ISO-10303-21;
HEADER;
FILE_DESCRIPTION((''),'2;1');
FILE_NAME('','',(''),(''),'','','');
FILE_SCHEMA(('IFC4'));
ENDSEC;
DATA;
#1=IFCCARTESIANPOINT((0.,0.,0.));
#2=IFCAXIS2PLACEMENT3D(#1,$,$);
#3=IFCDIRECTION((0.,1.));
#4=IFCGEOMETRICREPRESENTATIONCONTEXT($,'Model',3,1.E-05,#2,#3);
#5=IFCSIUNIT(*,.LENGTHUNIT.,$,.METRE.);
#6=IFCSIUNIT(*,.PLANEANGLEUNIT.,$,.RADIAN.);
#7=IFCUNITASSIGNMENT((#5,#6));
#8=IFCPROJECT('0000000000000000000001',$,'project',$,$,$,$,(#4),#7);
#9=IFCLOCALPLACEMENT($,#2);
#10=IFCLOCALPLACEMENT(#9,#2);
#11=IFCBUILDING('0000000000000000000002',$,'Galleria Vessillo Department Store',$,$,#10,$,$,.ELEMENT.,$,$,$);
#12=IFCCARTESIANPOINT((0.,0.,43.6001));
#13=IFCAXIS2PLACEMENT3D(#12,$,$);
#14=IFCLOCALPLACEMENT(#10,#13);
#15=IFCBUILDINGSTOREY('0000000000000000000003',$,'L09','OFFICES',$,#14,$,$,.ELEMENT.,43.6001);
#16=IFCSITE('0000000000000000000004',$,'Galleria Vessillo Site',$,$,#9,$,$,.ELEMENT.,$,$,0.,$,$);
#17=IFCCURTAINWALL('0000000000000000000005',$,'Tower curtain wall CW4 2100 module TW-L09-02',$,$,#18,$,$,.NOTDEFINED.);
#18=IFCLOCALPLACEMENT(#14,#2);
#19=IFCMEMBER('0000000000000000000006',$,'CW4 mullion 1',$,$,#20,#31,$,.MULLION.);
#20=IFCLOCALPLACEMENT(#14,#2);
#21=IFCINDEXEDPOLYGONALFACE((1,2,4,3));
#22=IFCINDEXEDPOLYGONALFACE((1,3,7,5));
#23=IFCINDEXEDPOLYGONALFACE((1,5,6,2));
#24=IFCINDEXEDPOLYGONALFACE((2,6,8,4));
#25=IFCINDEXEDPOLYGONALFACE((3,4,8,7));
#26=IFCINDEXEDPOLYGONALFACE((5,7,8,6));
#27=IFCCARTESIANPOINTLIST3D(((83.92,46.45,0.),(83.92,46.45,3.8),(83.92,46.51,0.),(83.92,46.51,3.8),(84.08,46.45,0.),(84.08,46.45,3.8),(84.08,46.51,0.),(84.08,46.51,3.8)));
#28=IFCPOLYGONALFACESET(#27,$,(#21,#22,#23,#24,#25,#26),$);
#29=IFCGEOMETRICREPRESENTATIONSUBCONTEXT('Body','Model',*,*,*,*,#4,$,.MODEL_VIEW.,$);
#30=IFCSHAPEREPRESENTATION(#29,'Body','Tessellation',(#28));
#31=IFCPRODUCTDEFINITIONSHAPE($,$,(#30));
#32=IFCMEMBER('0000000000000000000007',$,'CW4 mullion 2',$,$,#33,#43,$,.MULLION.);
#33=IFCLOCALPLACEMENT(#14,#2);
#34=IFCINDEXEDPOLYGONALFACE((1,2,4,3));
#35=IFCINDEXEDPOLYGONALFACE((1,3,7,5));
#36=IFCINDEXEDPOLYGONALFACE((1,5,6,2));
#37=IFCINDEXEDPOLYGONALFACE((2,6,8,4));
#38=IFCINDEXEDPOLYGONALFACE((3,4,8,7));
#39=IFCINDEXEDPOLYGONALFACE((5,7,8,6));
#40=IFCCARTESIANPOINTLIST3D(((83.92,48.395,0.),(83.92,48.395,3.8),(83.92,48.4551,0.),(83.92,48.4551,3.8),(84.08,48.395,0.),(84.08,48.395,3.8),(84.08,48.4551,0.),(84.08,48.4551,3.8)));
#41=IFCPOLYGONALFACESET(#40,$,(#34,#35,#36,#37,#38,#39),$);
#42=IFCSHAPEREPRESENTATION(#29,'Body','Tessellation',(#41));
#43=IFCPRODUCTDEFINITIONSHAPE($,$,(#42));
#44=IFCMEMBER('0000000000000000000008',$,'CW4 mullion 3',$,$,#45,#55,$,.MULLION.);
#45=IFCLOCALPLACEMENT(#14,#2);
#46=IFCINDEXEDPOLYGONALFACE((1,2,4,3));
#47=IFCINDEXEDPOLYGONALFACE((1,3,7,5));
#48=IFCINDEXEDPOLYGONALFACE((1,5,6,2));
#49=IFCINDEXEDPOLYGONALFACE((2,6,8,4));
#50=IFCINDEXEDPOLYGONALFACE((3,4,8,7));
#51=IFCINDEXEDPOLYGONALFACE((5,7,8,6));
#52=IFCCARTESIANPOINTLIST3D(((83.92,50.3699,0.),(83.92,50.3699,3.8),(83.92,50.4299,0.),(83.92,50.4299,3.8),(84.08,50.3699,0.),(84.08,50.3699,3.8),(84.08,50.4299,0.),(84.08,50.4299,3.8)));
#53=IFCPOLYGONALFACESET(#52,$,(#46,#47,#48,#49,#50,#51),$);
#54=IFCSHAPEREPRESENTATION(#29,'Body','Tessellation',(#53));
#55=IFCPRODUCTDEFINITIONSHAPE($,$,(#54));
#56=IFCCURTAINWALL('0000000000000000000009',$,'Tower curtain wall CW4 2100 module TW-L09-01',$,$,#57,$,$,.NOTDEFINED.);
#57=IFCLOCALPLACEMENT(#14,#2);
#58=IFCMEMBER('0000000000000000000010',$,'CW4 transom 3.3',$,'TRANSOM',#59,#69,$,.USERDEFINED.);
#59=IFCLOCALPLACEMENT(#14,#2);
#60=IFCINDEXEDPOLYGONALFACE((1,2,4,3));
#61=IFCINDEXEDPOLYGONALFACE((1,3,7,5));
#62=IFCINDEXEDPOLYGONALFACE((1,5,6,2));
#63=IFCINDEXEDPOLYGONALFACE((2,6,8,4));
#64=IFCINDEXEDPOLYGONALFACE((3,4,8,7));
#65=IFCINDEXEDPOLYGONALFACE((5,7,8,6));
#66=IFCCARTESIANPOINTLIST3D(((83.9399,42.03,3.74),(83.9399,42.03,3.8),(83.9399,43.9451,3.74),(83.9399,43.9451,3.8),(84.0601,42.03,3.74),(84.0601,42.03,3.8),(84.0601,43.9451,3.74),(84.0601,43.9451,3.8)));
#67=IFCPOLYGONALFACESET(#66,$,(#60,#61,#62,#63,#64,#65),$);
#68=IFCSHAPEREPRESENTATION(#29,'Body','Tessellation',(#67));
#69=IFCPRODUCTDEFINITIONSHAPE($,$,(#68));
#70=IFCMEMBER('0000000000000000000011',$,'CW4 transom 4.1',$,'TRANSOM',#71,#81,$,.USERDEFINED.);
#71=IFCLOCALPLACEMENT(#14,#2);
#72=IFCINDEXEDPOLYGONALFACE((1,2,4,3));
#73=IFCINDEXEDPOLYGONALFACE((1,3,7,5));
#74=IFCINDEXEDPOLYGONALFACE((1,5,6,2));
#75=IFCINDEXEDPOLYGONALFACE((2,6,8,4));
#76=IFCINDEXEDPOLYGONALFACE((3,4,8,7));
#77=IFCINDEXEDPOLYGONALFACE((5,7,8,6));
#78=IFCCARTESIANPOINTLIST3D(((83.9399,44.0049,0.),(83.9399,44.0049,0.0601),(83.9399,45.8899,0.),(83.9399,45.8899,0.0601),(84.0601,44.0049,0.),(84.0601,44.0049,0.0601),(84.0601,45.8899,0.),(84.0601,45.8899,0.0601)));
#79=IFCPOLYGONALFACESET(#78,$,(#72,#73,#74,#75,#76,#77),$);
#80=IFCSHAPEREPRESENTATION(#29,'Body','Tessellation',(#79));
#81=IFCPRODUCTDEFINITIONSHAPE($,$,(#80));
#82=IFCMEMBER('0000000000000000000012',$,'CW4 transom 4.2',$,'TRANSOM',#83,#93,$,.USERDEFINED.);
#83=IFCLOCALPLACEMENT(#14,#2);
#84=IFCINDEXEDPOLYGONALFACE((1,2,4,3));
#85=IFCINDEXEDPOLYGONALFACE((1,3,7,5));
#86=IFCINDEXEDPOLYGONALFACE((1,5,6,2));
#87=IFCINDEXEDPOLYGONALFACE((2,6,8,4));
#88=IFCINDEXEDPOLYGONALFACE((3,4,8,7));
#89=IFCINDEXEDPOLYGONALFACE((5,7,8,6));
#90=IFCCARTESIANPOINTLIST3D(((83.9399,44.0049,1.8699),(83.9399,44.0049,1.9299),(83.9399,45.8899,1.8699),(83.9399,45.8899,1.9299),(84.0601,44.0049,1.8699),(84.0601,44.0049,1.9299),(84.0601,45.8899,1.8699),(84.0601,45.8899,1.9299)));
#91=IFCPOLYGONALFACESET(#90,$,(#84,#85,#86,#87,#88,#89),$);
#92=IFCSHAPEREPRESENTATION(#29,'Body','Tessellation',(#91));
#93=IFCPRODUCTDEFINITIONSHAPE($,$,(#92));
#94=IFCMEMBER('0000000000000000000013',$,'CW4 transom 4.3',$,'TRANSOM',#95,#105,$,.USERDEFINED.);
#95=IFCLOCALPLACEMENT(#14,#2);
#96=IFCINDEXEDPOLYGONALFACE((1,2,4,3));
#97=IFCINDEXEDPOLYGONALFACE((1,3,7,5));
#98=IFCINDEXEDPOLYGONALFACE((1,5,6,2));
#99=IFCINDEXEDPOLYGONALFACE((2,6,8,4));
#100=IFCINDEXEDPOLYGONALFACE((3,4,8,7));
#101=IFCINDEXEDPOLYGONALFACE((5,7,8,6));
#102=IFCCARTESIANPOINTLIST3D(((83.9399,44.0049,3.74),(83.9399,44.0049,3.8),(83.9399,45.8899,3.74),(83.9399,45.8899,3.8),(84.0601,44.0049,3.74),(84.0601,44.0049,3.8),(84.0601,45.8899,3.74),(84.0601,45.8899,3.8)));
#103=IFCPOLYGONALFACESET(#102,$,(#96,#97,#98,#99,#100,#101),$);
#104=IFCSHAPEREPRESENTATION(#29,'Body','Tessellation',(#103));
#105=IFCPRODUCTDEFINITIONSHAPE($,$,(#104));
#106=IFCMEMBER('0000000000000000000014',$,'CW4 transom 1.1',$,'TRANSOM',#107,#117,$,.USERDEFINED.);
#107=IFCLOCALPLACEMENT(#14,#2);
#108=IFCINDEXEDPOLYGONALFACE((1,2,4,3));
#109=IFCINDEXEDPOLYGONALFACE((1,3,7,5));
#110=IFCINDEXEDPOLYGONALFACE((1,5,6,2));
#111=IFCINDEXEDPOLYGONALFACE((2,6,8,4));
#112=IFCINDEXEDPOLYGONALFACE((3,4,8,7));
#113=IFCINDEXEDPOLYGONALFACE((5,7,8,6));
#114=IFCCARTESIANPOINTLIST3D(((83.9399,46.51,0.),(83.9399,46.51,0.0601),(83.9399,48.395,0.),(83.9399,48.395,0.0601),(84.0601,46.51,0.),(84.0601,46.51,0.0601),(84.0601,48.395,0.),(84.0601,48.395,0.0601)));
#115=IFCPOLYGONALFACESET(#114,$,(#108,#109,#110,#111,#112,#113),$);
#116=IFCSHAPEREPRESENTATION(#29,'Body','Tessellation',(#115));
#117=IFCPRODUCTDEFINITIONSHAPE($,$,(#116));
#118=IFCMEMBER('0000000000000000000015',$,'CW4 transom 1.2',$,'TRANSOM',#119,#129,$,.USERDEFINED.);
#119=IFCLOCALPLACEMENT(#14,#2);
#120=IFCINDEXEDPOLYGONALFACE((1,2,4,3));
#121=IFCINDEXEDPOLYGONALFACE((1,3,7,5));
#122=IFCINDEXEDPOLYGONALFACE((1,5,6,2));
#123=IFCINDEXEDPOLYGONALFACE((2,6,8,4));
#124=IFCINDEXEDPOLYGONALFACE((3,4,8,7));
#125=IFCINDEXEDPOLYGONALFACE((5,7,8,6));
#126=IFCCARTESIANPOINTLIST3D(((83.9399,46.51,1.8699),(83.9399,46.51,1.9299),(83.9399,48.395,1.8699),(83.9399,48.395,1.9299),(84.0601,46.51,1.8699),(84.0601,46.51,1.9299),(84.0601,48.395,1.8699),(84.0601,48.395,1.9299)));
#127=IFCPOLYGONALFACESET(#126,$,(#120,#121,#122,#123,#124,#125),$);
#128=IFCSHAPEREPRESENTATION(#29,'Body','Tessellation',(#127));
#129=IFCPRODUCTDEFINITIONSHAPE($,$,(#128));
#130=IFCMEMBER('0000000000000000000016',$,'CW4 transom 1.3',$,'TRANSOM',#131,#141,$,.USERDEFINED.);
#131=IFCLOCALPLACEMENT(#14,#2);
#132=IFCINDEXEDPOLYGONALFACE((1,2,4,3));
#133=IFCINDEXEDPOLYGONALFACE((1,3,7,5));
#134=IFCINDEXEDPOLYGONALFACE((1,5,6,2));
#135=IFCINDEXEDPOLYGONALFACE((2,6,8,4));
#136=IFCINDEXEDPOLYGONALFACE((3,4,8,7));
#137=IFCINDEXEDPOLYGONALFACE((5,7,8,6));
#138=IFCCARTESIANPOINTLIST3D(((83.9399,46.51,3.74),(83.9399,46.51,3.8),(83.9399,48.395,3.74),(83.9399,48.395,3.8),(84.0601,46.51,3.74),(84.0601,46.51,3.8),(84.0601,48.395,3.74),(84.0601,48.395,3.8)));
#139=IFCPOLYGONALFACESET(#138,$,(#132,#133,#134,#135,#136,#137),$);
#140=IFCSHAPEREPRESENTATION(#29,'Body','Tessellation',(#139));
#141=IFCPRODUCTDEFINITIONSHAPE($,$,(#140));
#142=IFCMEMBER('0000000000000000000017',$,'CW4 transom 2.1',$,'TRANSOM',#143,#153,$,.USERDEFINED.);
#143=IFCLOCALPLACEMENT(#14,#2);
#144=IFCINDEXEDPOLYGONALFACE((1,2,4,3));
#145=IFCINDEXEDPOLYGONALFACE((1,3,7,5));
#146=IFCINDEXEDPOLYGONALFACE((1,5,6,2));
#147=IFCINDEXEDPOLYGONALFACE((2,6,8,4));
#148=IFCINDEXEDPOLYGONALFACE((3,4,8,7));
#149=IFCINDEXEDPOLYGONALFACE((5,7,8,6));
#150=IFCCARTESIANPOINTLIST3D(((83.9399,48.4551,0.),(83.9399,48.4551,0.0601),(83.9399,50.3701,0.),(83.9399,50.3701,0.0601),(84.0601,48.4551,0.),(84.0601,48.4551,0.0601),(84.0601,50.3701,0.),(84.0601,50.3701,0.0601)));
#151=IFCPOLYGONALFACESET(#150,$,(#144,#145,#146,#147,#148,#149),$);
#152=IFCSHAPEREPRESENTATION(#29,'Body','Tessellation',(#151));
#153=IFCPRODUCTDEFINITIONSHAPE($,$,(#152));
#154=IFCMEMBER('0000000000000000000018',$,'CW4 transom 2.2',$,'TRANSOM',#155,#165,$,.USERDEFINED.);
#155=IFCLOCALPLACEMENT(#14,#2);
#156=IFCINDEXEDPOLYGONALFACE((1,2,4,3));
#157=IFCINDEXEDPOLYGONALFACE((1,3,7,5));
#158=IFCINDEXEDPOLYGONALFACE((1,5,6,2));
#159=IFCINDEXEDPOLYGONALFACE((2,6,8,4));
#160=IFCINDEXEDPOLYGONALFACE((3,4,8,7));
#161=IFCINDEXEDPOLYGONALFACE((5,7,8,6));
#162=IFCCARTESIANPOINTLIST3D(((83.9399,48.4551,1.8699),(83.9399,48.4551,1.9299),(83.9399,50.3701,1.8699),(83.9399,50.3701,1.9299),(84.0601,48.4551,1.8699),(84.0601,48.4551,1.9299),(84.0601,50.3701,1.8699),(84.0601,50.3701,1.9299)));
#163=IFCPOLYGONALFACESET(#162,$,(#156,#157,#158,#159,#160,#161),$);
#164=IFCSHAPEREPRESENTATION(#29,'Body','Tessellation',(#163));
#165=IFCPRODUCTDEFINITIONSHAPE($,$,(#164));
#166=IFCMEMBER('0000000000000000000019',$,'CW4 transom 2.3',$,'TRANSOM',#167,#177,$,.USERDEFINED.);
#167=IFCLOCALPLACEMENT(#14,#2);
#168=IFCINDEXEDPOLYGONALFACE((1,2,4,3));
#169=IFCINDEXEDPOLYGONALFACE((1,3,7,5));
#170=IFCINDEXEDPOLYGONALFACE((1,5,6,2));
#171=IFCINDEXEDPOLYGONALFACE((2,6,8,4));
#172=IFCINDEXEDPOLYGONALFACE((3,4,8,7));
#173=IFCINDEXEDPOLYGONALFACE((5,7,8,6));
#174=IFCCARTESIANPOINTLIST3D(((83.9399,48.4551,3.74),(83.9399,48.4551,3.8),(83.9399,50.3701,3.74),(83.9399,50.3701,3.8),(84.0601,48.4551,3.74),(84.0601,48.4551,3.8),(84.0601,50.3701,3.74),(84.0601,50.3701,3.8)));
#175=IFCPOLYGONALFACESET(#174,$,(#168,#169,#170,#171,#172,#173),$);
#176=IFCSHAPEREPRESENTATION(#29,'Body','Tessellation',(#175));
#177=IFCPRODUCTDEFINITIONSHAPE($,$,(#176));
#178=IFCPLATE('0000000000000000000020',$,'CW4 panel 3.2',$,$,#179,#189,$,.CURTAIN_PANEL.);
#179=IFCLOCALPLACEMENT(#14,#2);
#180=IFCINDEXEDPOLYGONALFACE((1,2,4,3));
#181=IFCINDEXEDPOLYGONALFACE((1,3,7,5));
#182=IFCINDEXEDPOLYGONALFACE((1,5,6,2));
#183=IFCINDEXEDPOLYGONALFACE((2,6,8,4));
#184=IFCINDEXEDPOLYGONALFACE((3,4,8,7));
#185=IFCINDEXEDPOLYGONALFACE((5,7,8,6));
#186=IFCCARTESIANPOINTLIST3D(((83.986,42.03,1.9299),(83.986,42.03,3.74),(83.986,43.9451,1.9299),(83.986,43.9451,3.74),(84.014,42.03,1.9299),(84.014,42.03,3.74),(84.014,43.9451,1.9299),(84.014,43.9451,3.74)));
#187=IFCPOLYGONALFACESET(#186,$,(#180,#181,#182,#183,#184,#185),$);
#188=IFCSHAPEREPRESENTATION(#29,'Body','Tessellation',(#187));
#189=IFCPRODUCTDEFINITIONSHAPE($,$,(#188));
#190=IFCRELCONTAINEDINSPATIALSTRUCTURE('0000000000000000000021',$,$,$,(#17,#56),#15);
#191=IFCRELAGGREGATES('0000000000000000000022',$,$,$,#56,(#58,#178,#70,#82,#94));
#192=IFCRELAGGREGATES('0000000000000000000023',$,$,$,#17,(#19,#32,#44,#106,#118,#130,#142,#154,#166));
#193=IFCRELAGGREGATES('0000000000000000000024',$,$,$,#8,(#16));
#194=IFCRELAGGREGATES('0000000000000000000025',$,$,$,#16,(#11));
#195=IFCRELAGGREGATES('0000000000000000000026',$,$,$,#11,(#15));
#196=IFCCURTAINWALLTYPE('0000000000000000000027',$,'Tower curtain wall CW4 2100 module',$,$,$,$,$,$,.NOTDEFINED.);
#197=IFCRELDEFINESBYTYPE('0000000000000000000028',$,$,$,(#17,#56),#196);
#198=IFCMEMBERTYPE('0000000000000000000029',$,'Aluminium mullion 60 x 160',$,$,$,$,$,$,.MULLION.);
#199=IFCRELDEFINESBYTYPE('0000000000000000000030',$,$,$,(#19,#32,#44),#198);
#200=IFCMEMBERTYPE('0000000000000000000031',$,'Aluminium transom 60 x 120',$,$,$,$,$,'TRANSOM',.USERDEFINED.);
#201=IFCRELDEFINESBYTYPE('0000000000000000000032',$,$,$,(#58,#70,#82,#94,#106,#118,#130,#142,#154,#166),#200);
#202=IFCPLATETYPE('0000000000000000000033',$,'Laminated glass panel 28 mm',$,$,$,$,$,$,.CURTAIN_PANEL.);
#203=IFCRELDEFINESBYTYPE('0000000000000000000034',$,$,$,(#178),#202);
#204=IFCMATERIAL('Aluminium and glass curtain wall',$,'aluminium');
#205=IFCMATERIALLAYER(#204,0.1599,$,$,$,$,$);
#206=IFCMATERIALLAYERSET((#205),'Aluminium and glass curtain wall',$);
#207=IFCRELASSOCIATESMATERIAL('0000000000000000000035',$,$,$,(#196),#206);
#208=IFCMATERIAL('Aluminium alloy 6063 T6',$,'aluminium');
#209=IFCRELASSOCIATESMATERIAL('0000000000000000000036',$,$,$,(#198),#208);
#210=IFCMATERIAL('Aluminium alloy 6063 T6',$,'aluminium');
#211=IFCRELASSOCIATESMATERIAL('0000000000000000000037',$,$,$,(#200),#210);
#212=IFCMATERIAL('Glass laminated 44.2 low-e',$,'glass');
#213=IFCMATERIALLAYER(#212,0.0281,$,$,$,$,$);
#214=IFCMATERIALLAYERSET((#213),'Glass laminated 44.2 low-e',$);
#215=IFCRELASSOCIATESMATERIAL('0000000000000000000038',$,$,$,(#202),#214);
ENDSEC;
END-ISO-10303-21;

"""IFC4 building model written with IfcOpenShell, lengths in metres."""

from ifc_helpers import new_model, si_unit, direction, frame, origin, origin_2d, place, context, subcontext, project, spatial, rectangle, extrude, material, layer, layer_set, material_profile, profile_set, type_object, element, aggregate, save


model = new_model("IFC4")

# Units and contexts
model_context = context("Model", 3, precision=1e-05, world=origin(), true_north=direction((0.0, 1.0)))
body_context = subcontext(model_context, "Body", "Model", "MODEL_VIEW")
ifc_project = project(units=[si_unit("LENGTHUNIT", "METRE"), si_unit("PLANEANGLEUNIT", "RADIAN")], contexts=[model_context])

# Site, building, storey
site_placement = place(None, origin())
site = spatial("IfcSite", under=ifc_project, at=site_placement, Name="Galleria Vessillo Site", CompositionType="ELEMENT", RefElevation=0.0)
building_placement = place(site_placement, origin())
building = spatial("IfcBuilding", under=site, at=building_placement, Name="Galleria Vessillo Department Store", CompositionType="ELEMENT")
storey_placement = place(building_placement, frame((0.0, 0.0, 43.6001)))
storey = spatial("IfcBuildingStorey", under=building, at=storey_placement, Name="L09", Description="OFFICES", CompositionType="ELEMENT", Elevation=43.6001)

# Curtain walls, members
ifc_material_1 = material(Name="Aluminium and glass curtain wall", Category="aluminium")
ifc_layer_1 = layer(ifc_material_1, 0.1599)
ifc_layer_set_1 = layer_set([ifc_layer_1], Name="Aluminium and glass curtain wall")
curtain_wall_type = type_object("IfcCurtainWallType", Name="Tower curtain wall CW4 2100 module", PredefinedType="NOTDEFINED", material=ifc_layer_set_1)
curtain_wall_1_placement = place(storey_placement, origin())
curtain_wall_1 = element("IfcCurtainWall", 1, at=curtain_wall_1_placement, inside=storey, type_object=curtain_wall_type, Name="Tower curtain wall CW4 2100 module TW-L09-02", PredefinedType="NOTDEFINED")
ifc_material_2 = material(Name="Aluminium alloy 6063 T6", Category="aluminium")
ifc_material_profile_1 = material_profile(ifc_material_2, rectangle(XDim=0.1599, YDim=0.0601, at=origin_2d()), Name="AL 60x160")
ifc_profile_set_1 = profile_set([ifc_material_profile_1], Name="Aluminium alloy 6063 T6")
member_type_1 = type_object("IfcMemberType", Name="Aluminium mullion 60 x 160", PredefinedType="MULLION", material=ifc_profile_set_1)
member_1_placement = place(storey_placement, frame((84.0, 46.48, 0.0), z_axis=(0.0, 0.0, 1.0), x_axis=(-1.0, 0.0, 0.0)))
member_1 = element("IfcMember", 2, at=member_1_placement, type_object=member_type_1, Name="CW4 mullion 1", PredefinedType="MULLION", context=body_context, shape_type="SweptSolid", body=[
    extrude(rectangle(XDim=0.1599, YDim=0.0601, at=origin_2d()), origin(), (0.0, 0.0, 1.0), 3.8),
])
member_2_placement = place(storey_placement, frame((84.0, 48.425, 0.0), z_axis=(0.0, 0.0, 1.0), x_axis=(-1.0, 0.0, 0.0)))
member_2 = element("IfcMember", 3, at=member_2_placement, type_object=member_type_1, Name="CW4 mullion 2", PredefinedType="MULLION", context=body_context, shape_type="SweptSolid", body=[
    extrude(rectangle(XDim=0.1599, YDim=0.0601, at=origin_2d()), origin(), (0.0, 0.0, 1.0), 3.8),
])
member_3_placement = place(storey_placement, frame((84.0, 50.3999, 0.0), z_axis=(0.0, 0.0, 1.0), x_axis=(-1.0, 0.0, 0.0)))
member_3 = element("IfcMember", 4, at=member_3_placement, type_object=member_type_1, Name="CW4 mullion 3", PredefinedType="MULLION", context=body_context, shape_type="SweptSolid", body=[
    extrude(rectangle(XDim=0.1599, YDim=0.0601, at=origin_2d()), origin(), (0.0, 0.0, 1.0), 3.8),
])
curtain_wall_2_placement = place(storey_placement, origin())
curtain_wall_2 = element("IfcCurtainWall", 5, at=curtain_wall_2_placement, inside=storey, type_object=curtain_wall_type, Name="Tower curtain wall CW4 2100 module TW-L09-01", PredefinedType="NOTDEFINED")
ifc_material_3 = material(Name="Aluminium alloy 6063 T6", Category="aluminium")
ifc_material_profile_2 = material_profile(ifc_material_3, rectangle(XDim=0.1201, YDim=0.0601, at=origin_2d()), Name="AL 60x120")
ifc_profile_set_2 = profile_set([ifc_material_profile_2], Name="Aluminium alloy 6063 T6")
member_type_2 = type_object("IfcMemberType", Name="Aluminium transom 60 x 120", ElementType="TRANSOM", PredefinedType="USERDEFINED", material=ifc_profile_set_2)
member_4_placement = place(storey_placement, frame((84.0, 42.03, 3.77), z_axis=(0.0, 1.0, 0.0), x_axis=(-1.0, 0.0, 0.0)))
member_4 = element("IfcMember", 6, at=member_4_placement, type_object=member_type_2, Name="CW4 transom 3.3", ObjectType="TRANSOM", PredefinedType="USERDEFINED", context=body_context, shape_type="SweptSolid", body=[
    extrude(rectangle(XDim=0.1201, YDim=0.0601, at=origin_2d()), origin(), (0.0, 0.0, 1.0), 1.915),
])
member_5_placement = place(storey_placement, frame((84.0, 44.0049, 0.03), z_axis=(0.0, 1.0, 0.0), x_axis=(-1.0, 0.0, 0.0)))
member_5 = element("IfcMember", 7, at=member_5_placement, type_object=member_type_2, Name="CW4 transom 4.1", ObjectType="TRANSOM", PredefinedType="USERDEFINED", context=body_context, shape_type="SweptSolid", body=[
    extrude(rectangle(XDim=0.1201, YDim=0.0601, at=origin_2d()), origin(), (0.0, 0.0, 1.0), 1.885),
])
member_6_placement = place(storey_placement, frame((84.0, 44.0049, 1.8999), z_axis=(0.0, 1.0, 0.0), x_axis=(-1.0, 0.0, 0.0)))
member_6 = element("IfcMember", 8, at=member_6_placement, type_object=member_type_2, Name="CW4 transom 4.2", ObjectType="TRANSOM", PredefinedType="USERDEFINED", context=body_context, shape_type="SweptSolid", body=[
    extrude(rectangle(XDim=0.1201, YDim=0.0601, at=origin_2d()), origin(), (0.0, 0.0, 1.0), 1.885),
])
member_7_placement = place(storey_placement, frame((84.0, 44.0049, 3.77), z_axis=(0.0, 1.0, 0.0), x_axis=(-1.0, 0.0, 0.0)))
member_7 = element("IfcMember", 9, at=member_7_placement, type_object=member_type_2, Name="CW4 transom 4.3", ObjectType="TRANSOM", PredefinedType="USERDEFINED", context=body_context, shape_type="SweptSolid", body=[
    extrude(rectangle(XDim=0.1201, YDim=0.0601, at=origin_2d()), origin(), (0.0, 0.0, 1.0), 1.885),
])

# Members
member_8_placement = place(storey_placement, frame((84.0, 46.51, 0.03), z_axis=(0.0, 1.0, 0.0), x_axis=(-1.0, 0.0, 0.0)))
member_8 = element("IfcMember", 10, at=member_8_placement, type_object=member_type_2, Name="CW4 transom 1.1", ObjectType="TRANSOM", PredefinedType="USERDEFINED", context=body_context, shape_type="SweptSolid", body=[
    extrude(rectangle(XDim=0.1201, YDim=0.0601, at=origin_2d()), origin(), (0.0, 0.0, 1.0), 1.885),
])
member_9_placement = place(storey_placement, frame((84.0, 46.51, 1.8999), z_axis=(0.0, 1.0, 0.0), x_axis=(-1.0, 0.0, 0.0)))
member_9 = element("IfcMember", 11, at=member_9_placement, type_object=member_type_2, Name="CW4 transom 1.2", ObjectType="TRANSOM", PredefinedType="USERDEFINED", context=body_context, shape_type="SweptSolid", body=[
    extrude(rectangle(XDim=0.1201, YDim=0.0601, at=origin_2d()), origin(), (0.0, 0.0, 1.0), 1.885),
])
member_10_placement = place(storey_placement, frame((84.0, 46.51, 3.77), z_axis=(0.0, 1.0, 0.0), x_axis=(-1.0, 0.0, 0.0)))
member_10 = element("IfcMember", 12, at=member_10_placement, type_object=member_type_2, Name="CW4 transom 1.3", ObjectType="TRANSOM", PredefinedType="USERDEFINED", context=body_context, shape_type="SweptSolid", body=[
    extrude(rectangle(XDim=0.1201, YDim=0.0601, at=origin_2d()), origin(), (0.0, 0.0, 1.0), 1.885),
])
member_11_placement = place(storey_placement, frame((84.0, 48.4551, 0.03), z_axis=(0.0, 1.0, 0.0), x_axis=(-1.0, 0.0, 0.0)))
member_11 = element("IfcMember", 13, at=member_11_placement, type_object=member_type_2, Name="CW4 transom 2.1", ObjectType="TRANSOM", PredefinedType="USERDEFINED", context=body_context, shape_type="SweptSolid", body=[
    extrude(rectangle(XDim=0.1201, YDim=0.0601, at=origin_2d()), origin(), (0.0, 0.0, 1.0), 1.915),
])
member_12_placement = place(storey_placement, frame((84.0, 48.4551, 1.8999), z_axis=(0.0, 1.0, 0.0), x_axis=(-1.0, 0.0, 0.0)))
member_12 = element("IfcMember", 14, at=member_12_placement, type_object=member_type_2, Name="CW4 transom 2.2", ObjectType="TRANSOM", PredefinedType="USERDEFINED", context=body_context, shape_type="SweptSolid", body=[
    extrude(rectangle(XDim=0.1201, YDim=0.0601, at=origin_2d()), origin(), (0.0, 0.0, 1.0), 1.915),
])
member_13_placement = place(storey_placement, frame((84.0, 48.4551, 3.77), z_axis=(0.0, 1.0, 0.0), x_axis=(-1.0, 0.0, 0.0)))
member_13 = element("IfcMember", 15, at=member_13_placement, type_object=member_type_2, Name="CW4 transom 2.3", ObjectType="TRANSOM", PredefinedType="USERDEFINED", context=body_context, shape_type="SweptSolid", body=[
    extrude(rectangle(XDim=0.1201, YDim=0.0601, at=origin_2d()), origin(), (0.0, 0.0, 1.0), 1.915),
])

# Plate
ifc_material_4 = material(Name="Glass laminated 44.2 low-e", Category="glass")
ifc_layer_2 = layer(ifc_material_4, 0.0281)
ifc_layer_set_2 = layer_set([ifc_layer_2], Name="Glass laminated 44.2 low-e")
plate_type_1 = type_object("IfcPlateType", Name="Laminated glass panel 28 mm", PredefinedType="CURTAIN_PANEL", material=ifc_layer_set_2)
plate_1_placement = place(storey_placement, frame((84.0, 42.9875, 1.9299), z_axis=(0.0, 0.0, 1.0), x_axis=(0.0, 1.0, 0.0)))
plate_1 = element("IfcPlate", 16, at=plate_1_placement, type_object=plate_type_1, Name="CW4 panel 3.2", PredefinedType="CURTAIN_PANEL", context=body_context, shape_type="SweptSolid", body=[
    extrude(rectangle(XDim=1.915, YDim=0.0281, at=origin_2d()), origin(), (0.0, 0.0, 1.0), 1.8101),
])
aggregate(curtain_wall_2, [member_4, plate_1, member_5, member_6, member_7])
aggregate(curtain_wall_1, [member_1, member_2, member_3, member_8, member_9, member_10, member_11, member_12, member_13])

save(model, "model.ifc")
